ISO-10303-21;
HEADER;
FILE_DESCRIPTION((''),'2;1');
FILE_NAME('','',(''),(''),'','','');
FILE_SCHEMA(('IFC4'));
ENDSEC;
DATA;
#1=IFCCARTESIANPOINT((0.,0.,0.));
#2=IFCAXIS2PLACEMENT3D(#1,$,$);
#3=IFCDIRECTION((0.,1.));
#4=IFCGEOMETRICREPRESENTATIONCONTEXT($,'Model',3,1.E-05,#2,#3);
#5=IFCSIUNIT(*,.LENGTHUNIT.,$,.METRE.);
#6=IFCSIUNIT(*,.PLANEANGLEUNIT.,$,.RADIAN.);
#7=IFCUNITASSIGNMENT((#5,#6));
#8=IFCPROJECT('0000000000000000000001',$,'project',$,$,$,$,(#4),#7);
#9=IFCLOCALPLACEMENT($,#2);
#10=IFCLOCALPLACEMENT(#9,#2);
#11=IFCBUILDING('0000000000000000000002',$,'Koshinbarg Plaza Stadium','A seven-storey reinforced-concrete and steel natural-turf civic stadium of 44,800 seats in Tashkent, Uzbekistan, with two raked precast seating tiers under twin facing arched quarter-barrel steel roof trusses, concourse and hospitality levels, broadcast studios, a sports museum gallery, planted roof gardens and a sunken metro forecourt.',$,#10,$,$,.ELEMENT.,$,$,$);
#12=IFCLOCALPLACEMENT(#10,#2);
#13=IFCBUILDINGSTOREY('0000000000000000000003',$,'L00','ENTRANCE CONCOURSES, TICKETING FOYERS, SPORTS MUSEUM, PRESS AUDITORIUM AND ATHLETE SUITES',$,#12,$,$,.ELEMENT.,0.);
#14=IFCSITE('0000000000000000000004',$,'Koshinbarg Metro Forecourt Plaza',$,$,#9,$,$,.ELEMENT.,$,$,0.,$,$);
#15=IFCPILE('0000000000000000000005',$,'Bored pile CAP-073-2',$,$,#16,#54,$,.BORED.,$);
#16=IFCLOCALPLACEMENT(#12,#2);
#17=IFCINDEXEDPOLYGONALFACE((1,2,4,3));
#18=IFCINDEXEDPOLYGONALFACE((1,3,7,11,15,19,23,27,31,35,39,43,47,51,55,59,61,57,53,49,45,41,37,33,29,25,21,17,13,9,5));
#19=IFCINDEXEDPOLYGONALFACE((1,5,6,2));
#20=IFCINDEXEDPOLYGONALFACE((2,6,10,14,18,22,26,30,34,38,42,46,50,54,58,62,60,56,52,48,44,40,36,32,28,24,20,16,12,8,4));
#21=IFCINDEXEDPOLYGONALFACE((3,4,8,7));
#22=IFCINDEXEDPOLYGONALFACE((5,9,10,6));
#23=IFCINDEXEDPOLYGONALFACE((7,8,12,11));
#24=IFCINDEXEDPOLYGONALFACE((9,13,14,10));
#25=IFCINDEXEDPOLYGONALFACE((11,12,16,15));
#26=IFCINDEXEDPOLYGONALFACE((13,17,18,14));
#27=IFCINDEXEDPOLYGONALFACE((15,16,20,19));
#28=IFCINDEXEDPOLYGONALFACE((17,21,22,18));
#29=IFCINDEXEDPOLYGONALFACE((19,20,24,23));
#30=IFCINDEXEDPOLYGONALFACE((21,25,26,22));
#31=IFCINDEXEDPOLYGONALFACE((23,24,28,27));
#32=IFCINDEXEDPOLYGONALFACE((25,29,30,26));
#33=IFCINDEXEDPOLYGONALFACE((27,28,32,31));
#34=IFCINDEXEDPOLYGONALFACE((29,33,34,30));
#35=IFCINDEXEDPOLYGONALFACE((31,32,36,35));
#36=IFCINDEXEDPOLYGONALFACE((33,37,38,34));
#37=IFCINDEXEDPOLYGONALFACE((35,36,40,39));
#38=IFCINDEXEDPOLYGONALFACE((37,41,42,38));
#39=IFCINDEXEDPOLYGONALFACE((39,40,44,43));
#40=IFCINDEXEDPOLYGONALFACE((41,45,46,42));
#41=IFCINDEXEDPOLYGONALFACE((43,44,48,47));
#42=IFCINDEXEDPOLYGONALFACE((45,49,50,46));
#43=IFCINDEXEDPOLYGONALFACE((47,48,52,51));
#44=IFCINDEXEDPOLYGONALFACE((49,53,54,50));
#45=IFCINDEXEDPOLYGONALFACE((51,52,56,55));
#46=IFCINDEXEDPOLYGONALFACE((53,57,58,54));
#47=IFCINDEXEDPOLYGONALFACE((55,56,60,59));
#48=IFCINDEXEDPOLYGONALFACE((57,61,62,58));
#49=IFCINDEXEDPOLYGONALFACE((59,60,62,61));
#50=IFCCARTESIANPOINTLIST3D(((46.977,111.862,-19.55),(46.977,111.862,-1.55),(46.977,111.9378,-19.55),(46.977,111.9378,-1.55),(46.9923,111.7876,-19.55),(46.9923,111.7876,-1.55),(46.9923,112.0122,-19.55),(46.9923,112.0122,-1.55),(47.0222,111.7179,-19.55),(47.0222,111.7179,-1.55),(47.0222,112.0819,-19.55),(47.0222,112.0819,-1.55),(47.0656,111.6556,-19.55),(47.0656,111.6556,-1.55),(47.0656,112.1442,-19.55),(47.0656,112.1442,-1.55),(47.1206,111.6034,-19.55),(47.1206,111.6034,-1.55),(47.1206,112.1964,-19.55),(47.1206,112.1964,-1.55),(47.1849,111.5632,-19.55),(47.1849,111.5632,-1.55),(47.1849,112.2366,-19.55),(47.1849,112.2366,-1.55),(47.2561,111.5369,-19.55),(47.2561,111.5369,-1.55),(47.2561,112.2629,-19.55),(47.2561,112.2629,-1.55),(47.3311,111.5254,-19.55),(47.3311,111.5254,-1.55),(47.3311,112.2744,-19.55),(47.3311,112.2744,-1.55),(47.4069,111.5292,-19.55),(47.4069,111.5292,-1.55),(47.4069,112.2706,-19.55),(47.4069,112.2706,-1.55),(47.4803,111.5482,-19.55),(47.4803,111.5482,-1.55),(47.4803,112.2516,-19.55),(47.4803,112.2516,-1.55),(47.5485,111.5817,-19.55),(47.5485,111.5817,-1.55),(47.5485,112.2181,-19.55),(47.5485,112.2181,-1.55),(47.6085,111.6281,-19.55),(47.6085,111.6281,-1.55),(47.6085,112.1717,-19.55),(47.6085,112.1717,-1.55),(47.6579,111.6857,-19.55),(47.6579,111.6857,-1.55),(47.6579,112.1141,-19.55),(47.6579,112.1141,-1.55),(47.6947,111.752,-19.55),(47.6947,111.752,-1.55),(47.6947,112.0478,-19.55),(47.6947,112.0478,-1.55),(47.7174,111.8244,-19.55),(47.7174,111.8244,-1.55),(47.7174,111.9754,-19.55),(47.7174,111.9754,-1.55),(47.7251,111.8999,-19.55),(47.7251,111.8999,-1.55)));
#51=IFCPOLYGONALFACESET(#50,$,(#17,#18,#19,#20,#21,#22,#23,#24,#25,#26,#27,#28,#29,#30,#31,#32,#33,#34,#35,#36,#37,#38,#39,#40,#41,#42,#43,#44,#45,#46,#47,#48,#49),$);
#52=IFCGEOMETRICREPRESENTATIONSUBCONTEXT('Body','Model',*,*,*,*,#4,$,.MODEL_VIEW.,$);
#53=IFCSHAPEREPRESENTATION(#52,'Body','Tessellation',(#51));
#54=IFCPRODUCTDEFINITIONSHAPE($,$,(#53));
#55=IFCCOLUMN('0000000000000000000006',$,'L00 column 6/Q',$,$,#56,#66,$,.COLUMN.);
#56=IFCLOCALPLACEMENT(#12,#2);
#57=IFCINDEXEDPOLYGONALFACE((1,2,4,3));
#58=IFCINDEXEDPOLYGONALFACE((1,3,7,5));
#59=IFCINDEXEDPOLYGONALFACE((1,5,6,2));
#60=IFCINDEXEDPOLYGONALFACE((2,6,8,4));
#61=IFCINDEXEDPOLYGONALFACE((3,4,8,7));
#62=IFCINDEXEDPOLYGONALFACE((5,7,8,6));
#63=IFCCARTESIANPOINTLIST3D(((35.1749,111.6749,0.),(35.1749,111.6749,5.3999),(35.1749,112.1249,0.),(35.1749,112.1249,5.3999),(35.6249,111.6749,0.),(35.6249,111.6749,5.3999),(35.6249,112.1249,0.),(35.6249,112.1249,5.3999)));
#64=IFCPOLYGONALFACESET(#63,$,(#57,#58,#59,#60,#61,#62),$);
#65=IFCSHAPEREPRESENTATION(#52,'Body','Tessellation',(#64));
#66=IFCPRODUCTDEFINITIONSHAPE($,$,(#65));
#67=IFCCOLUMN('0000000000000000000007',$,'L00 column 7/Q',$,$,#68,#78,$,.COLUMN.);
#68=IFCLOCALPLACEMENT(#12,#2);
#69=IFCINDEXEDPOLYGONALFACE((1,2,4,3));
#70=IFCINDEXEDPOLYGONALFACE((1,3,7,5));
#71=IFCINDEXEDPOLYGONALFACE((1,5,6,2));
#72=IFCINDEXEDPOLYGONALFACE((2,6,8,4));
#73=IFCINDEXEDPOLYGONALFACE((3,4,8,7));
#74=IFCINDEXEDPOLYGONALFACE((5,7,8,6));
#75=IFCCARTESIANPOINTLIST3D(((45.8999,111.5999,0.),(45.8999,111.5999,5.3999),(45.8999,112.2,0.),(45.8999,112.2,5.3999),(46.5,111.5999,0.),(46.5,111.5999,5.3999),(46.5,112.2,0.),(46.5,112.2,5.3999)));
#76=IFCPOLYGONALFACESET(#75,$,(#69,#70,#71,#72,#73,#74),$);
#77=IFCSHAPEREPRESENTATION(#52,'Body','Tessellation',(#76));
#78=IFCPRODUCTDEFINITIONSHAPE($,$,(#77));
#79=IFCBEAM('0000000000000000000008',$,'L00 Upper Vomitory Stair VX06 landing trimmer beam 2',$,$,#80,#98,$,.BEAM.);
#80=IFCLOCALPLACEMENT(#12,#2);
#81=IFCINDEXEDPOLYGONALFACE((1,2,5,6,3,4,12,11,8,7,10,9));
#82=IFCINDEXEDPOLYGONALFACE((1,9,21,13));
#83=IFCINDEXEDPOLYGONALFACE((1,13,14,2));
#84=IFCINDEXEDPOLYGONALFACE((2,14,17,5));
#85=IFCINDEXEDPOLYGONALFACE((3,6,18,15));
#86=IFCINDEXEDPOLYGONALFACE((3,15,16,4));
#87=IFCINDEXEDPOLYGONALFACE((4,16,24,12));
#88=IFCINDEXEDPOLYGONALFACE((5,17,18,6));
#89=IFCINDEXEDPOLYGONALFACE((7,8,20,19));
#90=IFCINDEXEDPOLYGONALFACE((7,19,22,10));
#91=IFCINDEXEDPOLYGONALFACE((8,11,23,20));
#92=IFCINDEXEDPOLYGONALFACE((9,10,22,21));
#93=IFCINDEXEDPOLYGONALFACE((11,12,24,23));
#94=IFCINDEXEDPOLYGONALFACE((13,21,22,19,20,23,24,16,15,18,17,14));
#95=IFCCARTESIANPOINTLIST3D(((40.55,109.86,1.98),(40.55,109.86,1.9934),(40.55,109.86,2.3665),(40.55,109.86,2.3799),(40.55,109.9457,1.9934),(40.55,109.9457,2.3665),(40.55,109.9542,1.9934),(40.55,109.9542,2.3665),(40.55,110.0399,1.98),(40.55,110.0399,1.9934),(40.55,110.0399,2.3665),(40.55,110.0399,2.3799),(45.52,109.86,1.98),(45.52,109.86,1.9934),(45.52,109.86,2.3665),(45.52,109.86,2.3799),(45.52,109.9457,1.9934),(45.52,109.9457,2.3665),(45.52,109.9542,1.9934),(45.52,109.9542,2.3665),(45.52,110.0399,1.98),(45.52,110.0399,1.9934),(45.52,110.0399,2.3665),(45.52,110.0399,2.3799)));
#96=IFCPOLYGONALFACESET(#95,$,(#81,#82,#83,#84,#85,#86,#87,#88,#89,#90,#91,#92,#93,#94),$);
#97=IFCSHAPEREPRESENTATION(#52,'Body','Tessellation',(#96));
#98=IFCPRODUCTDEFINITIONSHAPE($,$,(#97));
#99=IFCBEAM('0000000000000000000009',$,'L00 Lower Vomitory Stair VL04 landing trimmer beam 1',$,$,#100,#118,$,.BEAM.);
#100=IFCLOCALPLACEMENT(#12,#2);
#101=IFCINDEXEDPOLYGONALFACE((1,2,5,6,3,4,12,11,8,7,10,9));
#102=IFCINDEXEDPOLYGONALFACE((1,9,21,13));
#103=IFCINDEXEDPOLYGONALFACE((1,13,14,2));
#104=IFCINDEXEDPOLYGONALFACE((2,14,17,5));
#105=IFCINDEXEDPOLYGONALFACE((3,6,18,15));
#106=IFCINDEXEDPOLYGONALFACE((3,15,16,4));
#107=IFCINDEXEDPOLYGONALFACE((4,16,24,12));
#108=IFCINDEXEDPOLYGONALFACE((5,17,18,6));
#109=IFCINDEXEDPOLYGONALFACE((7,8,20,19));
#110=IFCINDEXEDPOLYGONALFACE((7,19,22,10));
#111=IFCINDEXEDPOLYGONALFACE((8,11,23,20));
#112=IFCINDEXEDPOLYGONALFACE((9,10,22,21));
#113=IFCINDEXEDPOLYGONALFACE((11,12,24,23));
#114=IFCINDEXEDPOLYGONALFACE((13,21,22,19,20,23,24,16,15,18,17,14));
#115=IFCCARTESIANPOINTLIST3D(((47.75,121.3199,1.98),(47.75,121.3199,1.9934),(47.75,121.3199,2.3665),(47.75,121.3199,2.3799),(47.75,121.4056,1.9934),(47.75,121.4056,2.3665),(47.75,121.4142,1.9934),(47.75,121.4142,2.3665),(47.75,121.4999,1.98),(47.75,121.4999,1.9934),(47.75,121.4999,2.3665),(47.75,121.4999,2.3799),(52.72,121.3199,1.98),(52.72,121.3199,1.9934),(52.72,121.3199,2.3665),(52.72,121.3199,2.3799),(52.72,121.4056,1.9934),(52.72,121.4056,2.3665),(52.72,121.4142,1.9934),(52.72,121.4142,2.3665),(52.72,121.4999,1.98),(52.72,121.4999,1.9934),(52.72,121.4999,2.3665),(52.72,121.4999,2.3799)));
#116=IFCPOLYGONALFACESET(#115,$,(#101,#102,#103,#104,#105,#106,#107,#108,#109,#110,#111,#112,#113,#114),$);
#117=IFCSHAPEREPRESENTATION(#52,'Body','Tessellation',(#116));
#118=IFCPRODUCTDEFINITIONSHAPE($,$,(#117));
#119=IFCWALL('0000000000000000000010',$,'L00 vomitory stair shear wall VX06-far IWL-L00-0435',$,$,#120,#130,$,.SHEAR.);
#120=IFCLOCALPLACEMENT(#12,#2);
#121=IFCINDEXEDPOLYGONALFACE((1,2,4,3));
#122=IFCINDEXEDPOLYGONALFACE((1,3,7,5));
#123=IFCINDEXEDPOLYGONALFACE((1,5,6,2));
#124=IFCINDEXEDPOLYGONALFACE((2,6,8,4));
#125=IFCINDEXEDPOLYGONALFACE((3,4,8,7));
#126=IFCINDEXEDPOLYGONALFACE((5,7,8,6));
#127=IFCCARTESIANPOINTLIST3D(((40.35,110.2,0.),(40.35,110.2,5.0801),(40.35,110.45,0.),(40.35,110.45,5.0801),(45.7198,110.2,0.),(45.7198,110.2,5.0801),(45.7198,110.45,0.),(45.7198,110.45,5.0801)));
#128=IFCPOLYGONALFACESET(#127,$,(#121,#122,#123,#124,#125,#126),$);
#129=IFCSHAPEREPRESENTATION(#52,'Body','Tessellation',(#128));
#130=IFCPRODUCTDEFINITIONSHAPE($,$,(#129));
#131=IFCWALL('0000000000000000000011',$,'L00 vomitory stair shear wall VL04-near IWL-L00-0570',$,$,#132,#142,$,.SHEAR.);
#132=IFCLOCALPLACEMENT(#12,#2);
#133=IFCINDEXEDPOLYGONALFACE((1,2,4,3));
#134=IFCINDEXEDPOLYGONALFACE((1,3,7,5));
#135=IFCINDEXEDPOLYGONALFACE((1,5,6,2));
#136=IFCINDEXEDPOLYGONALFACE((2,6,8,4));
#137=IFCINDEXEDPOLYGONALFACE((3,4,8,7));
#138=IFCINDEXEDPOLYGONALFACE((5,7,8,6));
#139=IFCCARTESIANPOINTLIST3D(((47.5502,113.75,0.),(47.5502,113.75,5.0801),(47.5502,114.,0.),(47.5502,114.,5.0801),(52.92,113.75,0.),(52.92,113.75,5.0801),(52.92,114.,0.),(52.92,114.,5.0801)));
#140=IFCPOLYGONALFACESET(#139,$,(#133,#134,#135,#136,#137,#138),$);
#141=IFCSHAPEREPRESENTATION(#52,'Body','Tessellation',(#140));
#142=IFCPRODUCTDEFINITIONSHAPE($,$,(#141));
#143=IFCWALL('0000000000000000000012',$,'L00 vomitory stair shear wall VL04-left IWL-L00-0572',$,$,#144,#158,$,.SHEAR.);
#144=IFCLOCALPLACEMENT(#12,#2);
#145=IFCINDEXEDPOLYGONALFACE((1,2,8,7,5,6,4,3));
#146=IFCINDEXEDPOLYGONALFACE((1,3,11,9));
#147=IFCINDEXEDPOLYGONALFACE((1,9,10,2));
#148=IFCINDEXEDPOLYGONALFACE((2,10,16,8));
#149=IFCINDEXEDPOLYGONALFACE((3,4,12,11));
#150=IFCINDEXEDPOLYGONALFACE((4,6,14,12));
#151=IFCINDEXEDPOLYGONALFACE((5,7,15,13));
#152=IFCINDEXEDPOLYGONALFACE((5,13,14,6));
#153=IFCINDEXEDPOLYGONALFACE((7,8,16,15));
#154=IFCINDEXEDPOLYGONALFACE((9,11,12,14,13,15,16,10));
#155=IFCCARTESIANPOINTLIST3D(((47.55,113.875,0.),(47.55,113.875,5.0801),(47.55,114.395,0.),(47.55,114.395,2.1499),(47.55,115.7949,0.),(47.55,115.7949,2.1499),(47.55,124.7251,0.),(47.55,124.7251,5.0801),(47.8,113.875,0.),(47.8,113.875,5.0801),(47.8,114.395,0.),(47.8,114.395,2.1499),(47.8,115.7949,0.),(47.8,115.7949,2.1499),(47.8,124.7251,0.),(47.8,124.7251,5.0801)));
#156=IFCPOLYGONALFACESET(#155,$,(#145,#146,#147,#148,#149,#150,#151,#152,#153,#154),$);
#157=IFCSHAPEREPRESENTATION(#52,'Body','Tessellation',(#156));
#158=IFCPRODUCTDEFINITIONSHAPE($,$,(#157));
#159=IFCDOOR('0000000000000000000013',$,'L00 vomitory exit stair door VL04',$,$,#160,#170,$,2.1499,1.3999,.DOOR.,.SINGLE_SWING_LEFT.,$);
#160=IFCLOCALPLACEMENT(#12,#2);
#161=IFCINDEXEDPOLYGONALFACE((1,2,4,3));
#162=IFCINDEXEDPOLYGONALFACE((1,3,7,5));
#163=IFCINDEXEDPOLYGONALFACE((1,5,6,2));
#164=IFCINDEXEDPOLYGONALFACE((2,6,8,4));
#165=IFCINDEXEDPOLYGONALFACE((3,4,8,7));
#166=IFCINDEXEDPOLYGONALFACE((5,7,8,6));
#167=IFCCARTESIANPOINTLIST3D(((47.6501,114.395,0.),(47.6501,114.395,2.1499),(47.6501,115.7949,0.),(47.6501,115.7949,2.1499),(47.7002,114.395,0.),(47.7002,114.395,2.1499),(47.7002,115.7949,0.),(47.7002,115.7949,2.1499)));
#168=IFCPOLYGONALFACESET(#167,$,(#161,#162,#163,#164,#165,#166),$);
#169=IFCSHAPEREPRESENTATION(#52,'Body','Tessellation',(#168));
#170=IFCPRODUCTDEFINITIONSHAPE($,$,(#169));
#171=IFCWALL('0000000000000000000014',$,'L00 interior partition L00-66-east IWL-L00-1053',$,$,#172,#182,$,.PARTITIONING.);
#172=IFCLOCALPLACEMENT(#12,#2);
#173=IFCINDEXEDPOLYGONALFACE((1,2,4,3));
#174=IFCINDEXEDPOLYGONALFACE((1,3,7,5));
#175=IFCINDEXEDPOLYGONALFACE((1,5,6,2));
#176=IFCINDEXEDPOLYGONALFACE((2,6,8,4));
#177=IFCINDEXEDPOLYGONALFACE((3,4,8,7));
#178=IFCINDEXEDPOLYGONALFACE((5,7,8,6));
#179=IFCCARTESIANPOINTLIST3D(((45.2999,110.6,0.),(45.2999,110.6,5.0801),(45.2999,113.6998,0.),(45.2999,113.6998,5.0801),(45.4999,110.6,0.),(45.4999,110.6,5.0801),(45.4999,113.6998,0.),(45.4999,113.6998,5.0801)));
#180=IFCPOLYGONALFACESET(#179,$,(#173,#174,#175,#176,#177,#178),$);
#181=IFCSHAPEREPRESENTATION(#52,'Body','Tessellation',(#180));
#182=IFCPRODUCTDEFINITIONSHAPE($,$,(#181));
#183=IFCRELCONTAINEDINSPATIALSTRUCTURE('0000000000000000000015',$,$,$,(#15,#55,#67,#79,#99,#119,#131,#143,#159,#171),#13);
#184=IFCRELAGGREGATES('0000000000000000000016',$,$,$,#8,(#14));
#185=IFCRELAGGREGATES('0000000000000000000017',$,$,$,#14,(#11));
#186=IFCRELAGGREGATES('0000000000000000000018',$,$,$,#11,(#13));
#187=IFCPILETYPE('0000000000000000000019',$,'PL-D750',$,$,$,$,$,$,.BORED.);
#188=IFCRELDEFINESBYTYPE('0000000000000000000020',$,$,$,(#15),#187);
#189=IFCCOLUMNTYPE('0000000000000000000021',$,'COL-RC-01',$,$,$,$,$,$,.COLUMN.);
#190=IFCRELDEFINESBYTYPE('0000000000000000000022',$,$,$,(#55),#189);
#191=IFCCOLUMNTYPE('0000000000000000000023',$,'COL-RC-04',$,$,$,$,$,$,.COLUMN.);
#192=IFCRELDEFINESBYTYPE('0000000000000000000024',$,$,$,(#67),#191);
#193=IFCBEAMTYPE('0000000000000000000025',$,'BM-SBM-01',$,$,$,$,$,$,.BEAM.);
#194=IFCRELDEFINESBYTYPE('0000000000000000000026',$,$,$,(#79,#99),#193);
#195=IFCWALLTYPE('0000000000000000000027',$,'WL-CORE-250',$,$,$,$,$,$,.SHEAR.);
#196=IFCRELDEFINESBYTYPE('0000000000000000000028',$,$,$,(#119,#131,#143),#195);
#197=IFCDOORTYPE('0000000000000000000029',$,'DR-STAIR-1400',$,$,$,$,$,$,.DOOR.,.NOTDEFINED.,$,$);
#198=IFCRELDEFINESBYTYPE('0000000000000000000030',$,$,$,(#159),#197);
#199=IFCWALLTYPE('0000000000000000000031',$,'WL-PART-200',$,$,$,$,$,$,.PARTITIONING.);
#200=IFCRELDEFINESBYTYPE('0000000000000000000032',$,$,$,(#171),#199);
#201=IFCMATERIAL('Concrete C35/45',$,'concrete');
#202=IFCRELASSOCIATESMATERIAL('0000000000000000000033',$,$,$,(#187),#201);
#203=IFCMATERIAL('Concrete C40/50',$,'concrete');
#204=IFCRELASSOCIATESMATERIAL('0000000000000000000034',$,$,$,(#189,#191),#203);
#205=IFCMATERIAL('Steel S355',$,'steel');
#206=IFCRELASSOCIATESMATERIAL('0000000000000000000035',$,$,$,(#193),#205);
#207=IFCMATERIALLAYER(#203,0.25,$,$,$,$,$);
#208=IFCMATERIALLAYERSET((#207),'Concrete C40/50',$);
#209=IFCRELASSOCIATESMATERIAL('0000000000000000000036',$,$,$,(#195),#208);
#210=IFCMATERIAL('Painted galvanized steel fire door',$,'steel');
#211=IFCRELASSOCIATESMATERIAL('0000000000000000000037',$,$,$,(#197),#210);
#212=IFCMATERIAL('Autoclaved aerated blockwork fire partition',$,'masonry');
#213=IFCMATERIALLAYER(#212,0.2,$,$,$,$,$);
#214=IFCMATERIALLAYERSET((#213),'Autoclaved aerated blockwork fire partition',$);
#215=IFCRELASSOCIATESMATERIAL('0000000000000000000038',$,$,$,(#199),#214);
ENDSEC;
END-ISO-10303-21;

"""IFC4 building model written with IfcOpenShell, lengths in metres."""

from ifc_helpers import new_model, si_unit, direction, frame, frame_2d, origin, origin_2d, place, context, subcontext, project, spatial, rectangle, circle, i_section, extrude, material, layer, layer_set, material_profile, profile_set, type_object, element, fill, save


model = new_model("IFC4")

# Units and contexts
model_context = context("Model", 3, precision=1e-05, world=origin(), true_north=direction((0.0, 1.0)))
body_context = subcontext(model_context, "Body", "Model", "MODEL_VIEW")
ifc_project = project(units=[si_unit("LENGTHUNIT", "METRE"), si_unit("PLANEANGLEUNIT", "RADIAN")], contexts=[model_context])

# Site, building, storey
site_placement = place(None, origin())
site = spatial("IfcSite", under=ifc_project, at=site_placement, Name="Koshinbarg Metro Forecourt Plaza", CompositionType="ELEMENT", RefElevation=0.0)
building_placement = place(site_placement, origin())
building = spatial("IfcBuilding", under=site, at=building_placement, Name="Koshinbarg Plaza Stadium", Description="A seven-storey reinforced-concrete and steel natural-turf civic stadium of 44,800 seats in Tashkent, Uzbekistan, with two raked precast seating tiers under twin facing arched quarter-barrel steel roof trusses, concourse and hospitality levels, broadcast studios, a sports museum gallery, planted roof gardens and a sunken metro forecourt.", CompositionType="ELEMENT")
storey_placement = place(building_placement, origin())
storey = spatial("IfcBuildingStorey", under=building, at=storey_placement, Name="L00", Description="ENTRANCE CONCOURSES, TICKETING FOYERS, SPORTS MUSEUM, PRESS AUDITORIUM AND ATHLETE SUITES", CompositionType="ELEMENT", Elevation=0.0)

# Shared definitions
ifc_material_1 = material(Name="Concrete C35/45", Category="concrete")

# Pile
ifc_material_profile_1 = material_profile(ifc_material_1, circle(Radius=0.375, at=origin_2d()), Name="PILE D750")
ifc_profile_set_1 = profile_set([ifc_material_profile_1], Name="Concrete C35/45")
pile_type_1 = type_object("IfcPileType", Name="PL-D750", PredefinedType="BORED", material=ifc_profile_set_1)
for number, where, z_axis, x_axis, name in (
    (1, (47.3501, 111.8999, -1.55), (0.0, 0.0, -1.0), (1.0, 0.0, 0.0), "Bored pile CAP-073-2"),
):
    element("IfcPile", number, at=place(storey_placement, frame(where, z_axis=z_axis, x_axis=x_axis)), inside=storey, type_object=pile_type_1, Name=name, PredefinedType="BORED", context=body_context, shape_type="SweptSolid", body=[
        extrude(circle(Radius=0.375, at=origin_2d()), origin(), (0.0, 0.0, 1.0), 18.0),
    ])

# Columns
ifc_material_2 = material(Name="Concrete C40/50", Category="concrete")
ifc_material_profile_2 = material_profile(ifc_material_2, rectangle(XDim=0.45, YDim=0.45, at=origin_2d()), Name="RC 450x450")
ifc_profile_set_2 = profile_set([ifc_material_profile_2], Name="Concrete C40/50")
column_type_1 = type_object("IfcColumnType", Name="COL-RC-01", PredefinedType="COLUMN", material=ifc_profile_set_2)
column_1_placement = place(storey_placement, frame((35.3999, 111.8999, 0.0), z_axis=(0.0, 0.0, 1.0), x_axis=(1.0, 0.0, 0.0)))
element("IfcColumn", 2, at=column_1_placement, inside=storey, type_object=column_type_1, Name="L00 column 6/Q", PredefinedType="COLUMN", context=body_context, shape_type="SweptSolid", body=[
    extrude(rectangle(XDim=0.45, YDim=0.45, at=origin_2d()), origin(), (0.0, 0.0, 1.0), 5.3999),
])
ifc_material_profile_3 = material_profile(ifc_material_2, rectangle(XDim=0.6001, YDim=0.6001, at=origin_2d()), Name="RC 600x600")
ifc_profile_set_3 = profile_set([ifc_material_profile_3], Name="Concrete C40/50")
column_type_2 = type_object("IfcColumnType", Name="COL-RC-04", PredefinedType="COLUMN", material=ifc_profile_set_3)
column_2_placement = place(storey_placement, frame((46.2, 111.8999, 0.0), z_axis=(0.0, 0.0, 1.0), x_axis=(1.0, 0.0, 0.0)))
element("IfcColumn", 3, at=column_2_placement, inside=storey, type_object=column_type_2, Name="L00 column 7/Q", PredefinedType="COLUMN", context=body_context, shape_type="SweptSolid", body=[
    extrude(rectangle(XDim=0.6001, YDim=0.6001, at=origin_2d()), origin(), (0.0, 0.0, 1.0), 5.3999),
])

# Beams
ifc_material_3 = material(Name="Steel S355", Category="steel")
ifc_material_profile_4 = material_profile(ifc_material_3, i_section(OverallWidth=0.1799, OverallDepth=0.3999, WebThickness=0.0085, FlangeThickness=0.0134, at=origin_2d()), Name="IPE 400")
ifc_profile_set_4 = profile_set([ifc_material_profile_4], Name="Steel S355")
beam_type = type_object("IfcBeamType", Name="BM-SBM-01", PredefinedType="BEAM", material=ifc_profile_set_4)
for number, where, z_axis, x_axis, name in (
    (4, (40.55, 109.95, 2.1799), (1.0, 0.0, 0.0), (0.0, 1.0, 0.0), "L00 Upper Vomitory Stair VX06 landing trimmer beam 2"),
    (5, (47.75, 121.4099, 2.1799), (1.0, 0.0, 0.0), (0.0, 1.0, 0.0), "L00 Lower Vomitory Stair VL04 landing trimmer beam 1"),
):
    element("IfcBeam", number, at=place(storey_placement, frame(where, z_axis=z_axis, x_axis=x_axis)), inside=storey, type_object=beam_type, Name=name, PredefinedType="BEAM", context=body_context, shape_type="SweptSolid", body=[
        extrude(i_section(OverallWidth=0.1799, OverallDepth=0.3999, WebThickness=0.0085, FlangeThickness=0.0134, at=origin_2d()), origin(), (0.0, 0.0, 1.0), 4.97),
    ])

# Walls
ifc_layer_1 = layer(ifc_material_2, 0.25)
ifc_layer_set_1 = layer_set([ifc_layer_1], Name="Concrete C40/50")
wall_type_1 = type_object("IfcWallType", Name="WL-CORE-250", PredefinedType="SHEAR", material=ifc_layer_set_1)
for number, where, z_axis, x_axis, name in (
    (6, (45.72, 110.325, 0.0), (0.0, 0.0, 1.0), (-1.0, 0.0, 0.0), "L00 vomitory stair shear wall VX06-far IWL-L00-0435"),
    (7, (47.55, 113.875, 0.0), (0.0, 0.0, 1.0), (1.0, 0.0, 0.0), "L00 vomitory stair shear wall VL04-near IWL-L00-0570"),
):
    element("IfcWall", number, at=place(storey_placement, frame(where, z_axis=z_axis, x_axis=x_axis)), inside=storey, type_object=wall_type_1, Name=name, PredefinedType="SHEAR", context=body_context, shape_type="SweptSolid", body=[
        extrude(rectangle(XDim=5.3699, YDim=0.25, at=frame_2d((2.6851, 0.0))), origin(), (0.0, 0.0, 1.0), 5.0801),
    ])

# Wall, opening, door
wall_1_placement = place(storey_placement, frame((47.675, 113.875, 0.0), z_axis=(0.0, 0.0, 1.0), x_axis=(0.0, 1.0, 0.0)))
wall_1 = element("IfcWall", 8, at=wall_1_placement, inside=storey, type_object=wall_type_1, Name="L00 vomitory stair shear wall VL04-left IWL-L00-0572", PredefinedType="SHEAR", context=body_context, shape_type="SweptSolid", body=[
    extrude(rectangle(XDim=10.8501, YDim=0.25, at=frame_2d((5.425, 0.0))), origin(), (0.0, 0.0, 1.0), 5.0801),
])
opening_1_placement = place(wall_1_placement, frame((0.52, 0.0, 0.0)))
opening_1 = element("IfcOpeningElement", 9, at=opening_1_placement, cuts=wall_1, PredefinedType="OPENING", context=body_context, shape_type="SweptSolid", body=[
    extrude(rectangle(XDim=1.3999, YDim=2.1499, at=frame_2d((0.7, 1.075))), frame((0.0, 0.135, 0.0), z_axis=(0.0, -1.0, 0.0), x_axis=(1.0, 0.0, 0.0)), (0.0, 0.0, 1.0), 0.27),
])
ifc_material_4 = material(Name="Painted galvanized steel fire door", Category="steel")
door_type_1 = type_object("IfcDoorType", Name="DR-STAIR-1400", OperationType="NOTDEFINED", PredefinedType="DOOR", material=ifc_material_4)
door_1_placement = place(opening_1_placement, origin())
door_1 = element("IfcDoor", 10, at=door_1_placement, inside=storey, type_object=door_type_1, Name="L00 vomitory exit stair door VL04", OperationType="SINGLE_SWING_LEFT", OverallHeight=2.1499, OverallWidth=1.3999, PredefinedType="DOOR", context=body_context, shape_type="SweptSolid", body=[
    extrude(rectangle(XDim=1.3999, YDim=2.1499, at=frame_2d((0.7, 1.075))), frame((0.0, 0.0249, 0.0), z_axis=(0.0, -1.0, 0.0), x_axis=(1.0, 0.0, 0.0)), (0.0, 0.0, 1.0), 0.05),
])
fill(opening_1, door_1)

# Wall
ifc_material_5 = material(Name="Autoclaved aerated blockwork fire partition", Category="masonry")
ifc_layer_2 = layer(ifc_material_5, 0.2)
ifc_layer_set_2 = layer_set([ifc_layer_2], Name="Autoclaved aerated blockwork fire partition")
wall_type_2 = type_object("IfcWallType", Name="WL-PART-200", PredefinedType="PARTITIONING", material=ifc_layer_set_2)
wall_2_placement = place(storey_placement, frame((45.3999, 110.6001, 0.0), z_axis=(0.0, 0.0, 1.0), x_axis=(0.0, 1.0, 0.0)))
element("IfcWall", 11, at=wall_2_placement, inside=storey, type_object=wall_type_2, Name="L00 interior partition L00-66-east IWL-L00-1053", PredefinedType="PARTITIONING", context=body_context, shape_type="SweptSolid", body=[
    extrude(rectangle(XDim=3.0999, YDim=0.2, at=frame_2d((1.5498, 0.0))), origin(), (0.0, 0.0, 1.0), 5.0801),
])

save(model, "model.ifc")
